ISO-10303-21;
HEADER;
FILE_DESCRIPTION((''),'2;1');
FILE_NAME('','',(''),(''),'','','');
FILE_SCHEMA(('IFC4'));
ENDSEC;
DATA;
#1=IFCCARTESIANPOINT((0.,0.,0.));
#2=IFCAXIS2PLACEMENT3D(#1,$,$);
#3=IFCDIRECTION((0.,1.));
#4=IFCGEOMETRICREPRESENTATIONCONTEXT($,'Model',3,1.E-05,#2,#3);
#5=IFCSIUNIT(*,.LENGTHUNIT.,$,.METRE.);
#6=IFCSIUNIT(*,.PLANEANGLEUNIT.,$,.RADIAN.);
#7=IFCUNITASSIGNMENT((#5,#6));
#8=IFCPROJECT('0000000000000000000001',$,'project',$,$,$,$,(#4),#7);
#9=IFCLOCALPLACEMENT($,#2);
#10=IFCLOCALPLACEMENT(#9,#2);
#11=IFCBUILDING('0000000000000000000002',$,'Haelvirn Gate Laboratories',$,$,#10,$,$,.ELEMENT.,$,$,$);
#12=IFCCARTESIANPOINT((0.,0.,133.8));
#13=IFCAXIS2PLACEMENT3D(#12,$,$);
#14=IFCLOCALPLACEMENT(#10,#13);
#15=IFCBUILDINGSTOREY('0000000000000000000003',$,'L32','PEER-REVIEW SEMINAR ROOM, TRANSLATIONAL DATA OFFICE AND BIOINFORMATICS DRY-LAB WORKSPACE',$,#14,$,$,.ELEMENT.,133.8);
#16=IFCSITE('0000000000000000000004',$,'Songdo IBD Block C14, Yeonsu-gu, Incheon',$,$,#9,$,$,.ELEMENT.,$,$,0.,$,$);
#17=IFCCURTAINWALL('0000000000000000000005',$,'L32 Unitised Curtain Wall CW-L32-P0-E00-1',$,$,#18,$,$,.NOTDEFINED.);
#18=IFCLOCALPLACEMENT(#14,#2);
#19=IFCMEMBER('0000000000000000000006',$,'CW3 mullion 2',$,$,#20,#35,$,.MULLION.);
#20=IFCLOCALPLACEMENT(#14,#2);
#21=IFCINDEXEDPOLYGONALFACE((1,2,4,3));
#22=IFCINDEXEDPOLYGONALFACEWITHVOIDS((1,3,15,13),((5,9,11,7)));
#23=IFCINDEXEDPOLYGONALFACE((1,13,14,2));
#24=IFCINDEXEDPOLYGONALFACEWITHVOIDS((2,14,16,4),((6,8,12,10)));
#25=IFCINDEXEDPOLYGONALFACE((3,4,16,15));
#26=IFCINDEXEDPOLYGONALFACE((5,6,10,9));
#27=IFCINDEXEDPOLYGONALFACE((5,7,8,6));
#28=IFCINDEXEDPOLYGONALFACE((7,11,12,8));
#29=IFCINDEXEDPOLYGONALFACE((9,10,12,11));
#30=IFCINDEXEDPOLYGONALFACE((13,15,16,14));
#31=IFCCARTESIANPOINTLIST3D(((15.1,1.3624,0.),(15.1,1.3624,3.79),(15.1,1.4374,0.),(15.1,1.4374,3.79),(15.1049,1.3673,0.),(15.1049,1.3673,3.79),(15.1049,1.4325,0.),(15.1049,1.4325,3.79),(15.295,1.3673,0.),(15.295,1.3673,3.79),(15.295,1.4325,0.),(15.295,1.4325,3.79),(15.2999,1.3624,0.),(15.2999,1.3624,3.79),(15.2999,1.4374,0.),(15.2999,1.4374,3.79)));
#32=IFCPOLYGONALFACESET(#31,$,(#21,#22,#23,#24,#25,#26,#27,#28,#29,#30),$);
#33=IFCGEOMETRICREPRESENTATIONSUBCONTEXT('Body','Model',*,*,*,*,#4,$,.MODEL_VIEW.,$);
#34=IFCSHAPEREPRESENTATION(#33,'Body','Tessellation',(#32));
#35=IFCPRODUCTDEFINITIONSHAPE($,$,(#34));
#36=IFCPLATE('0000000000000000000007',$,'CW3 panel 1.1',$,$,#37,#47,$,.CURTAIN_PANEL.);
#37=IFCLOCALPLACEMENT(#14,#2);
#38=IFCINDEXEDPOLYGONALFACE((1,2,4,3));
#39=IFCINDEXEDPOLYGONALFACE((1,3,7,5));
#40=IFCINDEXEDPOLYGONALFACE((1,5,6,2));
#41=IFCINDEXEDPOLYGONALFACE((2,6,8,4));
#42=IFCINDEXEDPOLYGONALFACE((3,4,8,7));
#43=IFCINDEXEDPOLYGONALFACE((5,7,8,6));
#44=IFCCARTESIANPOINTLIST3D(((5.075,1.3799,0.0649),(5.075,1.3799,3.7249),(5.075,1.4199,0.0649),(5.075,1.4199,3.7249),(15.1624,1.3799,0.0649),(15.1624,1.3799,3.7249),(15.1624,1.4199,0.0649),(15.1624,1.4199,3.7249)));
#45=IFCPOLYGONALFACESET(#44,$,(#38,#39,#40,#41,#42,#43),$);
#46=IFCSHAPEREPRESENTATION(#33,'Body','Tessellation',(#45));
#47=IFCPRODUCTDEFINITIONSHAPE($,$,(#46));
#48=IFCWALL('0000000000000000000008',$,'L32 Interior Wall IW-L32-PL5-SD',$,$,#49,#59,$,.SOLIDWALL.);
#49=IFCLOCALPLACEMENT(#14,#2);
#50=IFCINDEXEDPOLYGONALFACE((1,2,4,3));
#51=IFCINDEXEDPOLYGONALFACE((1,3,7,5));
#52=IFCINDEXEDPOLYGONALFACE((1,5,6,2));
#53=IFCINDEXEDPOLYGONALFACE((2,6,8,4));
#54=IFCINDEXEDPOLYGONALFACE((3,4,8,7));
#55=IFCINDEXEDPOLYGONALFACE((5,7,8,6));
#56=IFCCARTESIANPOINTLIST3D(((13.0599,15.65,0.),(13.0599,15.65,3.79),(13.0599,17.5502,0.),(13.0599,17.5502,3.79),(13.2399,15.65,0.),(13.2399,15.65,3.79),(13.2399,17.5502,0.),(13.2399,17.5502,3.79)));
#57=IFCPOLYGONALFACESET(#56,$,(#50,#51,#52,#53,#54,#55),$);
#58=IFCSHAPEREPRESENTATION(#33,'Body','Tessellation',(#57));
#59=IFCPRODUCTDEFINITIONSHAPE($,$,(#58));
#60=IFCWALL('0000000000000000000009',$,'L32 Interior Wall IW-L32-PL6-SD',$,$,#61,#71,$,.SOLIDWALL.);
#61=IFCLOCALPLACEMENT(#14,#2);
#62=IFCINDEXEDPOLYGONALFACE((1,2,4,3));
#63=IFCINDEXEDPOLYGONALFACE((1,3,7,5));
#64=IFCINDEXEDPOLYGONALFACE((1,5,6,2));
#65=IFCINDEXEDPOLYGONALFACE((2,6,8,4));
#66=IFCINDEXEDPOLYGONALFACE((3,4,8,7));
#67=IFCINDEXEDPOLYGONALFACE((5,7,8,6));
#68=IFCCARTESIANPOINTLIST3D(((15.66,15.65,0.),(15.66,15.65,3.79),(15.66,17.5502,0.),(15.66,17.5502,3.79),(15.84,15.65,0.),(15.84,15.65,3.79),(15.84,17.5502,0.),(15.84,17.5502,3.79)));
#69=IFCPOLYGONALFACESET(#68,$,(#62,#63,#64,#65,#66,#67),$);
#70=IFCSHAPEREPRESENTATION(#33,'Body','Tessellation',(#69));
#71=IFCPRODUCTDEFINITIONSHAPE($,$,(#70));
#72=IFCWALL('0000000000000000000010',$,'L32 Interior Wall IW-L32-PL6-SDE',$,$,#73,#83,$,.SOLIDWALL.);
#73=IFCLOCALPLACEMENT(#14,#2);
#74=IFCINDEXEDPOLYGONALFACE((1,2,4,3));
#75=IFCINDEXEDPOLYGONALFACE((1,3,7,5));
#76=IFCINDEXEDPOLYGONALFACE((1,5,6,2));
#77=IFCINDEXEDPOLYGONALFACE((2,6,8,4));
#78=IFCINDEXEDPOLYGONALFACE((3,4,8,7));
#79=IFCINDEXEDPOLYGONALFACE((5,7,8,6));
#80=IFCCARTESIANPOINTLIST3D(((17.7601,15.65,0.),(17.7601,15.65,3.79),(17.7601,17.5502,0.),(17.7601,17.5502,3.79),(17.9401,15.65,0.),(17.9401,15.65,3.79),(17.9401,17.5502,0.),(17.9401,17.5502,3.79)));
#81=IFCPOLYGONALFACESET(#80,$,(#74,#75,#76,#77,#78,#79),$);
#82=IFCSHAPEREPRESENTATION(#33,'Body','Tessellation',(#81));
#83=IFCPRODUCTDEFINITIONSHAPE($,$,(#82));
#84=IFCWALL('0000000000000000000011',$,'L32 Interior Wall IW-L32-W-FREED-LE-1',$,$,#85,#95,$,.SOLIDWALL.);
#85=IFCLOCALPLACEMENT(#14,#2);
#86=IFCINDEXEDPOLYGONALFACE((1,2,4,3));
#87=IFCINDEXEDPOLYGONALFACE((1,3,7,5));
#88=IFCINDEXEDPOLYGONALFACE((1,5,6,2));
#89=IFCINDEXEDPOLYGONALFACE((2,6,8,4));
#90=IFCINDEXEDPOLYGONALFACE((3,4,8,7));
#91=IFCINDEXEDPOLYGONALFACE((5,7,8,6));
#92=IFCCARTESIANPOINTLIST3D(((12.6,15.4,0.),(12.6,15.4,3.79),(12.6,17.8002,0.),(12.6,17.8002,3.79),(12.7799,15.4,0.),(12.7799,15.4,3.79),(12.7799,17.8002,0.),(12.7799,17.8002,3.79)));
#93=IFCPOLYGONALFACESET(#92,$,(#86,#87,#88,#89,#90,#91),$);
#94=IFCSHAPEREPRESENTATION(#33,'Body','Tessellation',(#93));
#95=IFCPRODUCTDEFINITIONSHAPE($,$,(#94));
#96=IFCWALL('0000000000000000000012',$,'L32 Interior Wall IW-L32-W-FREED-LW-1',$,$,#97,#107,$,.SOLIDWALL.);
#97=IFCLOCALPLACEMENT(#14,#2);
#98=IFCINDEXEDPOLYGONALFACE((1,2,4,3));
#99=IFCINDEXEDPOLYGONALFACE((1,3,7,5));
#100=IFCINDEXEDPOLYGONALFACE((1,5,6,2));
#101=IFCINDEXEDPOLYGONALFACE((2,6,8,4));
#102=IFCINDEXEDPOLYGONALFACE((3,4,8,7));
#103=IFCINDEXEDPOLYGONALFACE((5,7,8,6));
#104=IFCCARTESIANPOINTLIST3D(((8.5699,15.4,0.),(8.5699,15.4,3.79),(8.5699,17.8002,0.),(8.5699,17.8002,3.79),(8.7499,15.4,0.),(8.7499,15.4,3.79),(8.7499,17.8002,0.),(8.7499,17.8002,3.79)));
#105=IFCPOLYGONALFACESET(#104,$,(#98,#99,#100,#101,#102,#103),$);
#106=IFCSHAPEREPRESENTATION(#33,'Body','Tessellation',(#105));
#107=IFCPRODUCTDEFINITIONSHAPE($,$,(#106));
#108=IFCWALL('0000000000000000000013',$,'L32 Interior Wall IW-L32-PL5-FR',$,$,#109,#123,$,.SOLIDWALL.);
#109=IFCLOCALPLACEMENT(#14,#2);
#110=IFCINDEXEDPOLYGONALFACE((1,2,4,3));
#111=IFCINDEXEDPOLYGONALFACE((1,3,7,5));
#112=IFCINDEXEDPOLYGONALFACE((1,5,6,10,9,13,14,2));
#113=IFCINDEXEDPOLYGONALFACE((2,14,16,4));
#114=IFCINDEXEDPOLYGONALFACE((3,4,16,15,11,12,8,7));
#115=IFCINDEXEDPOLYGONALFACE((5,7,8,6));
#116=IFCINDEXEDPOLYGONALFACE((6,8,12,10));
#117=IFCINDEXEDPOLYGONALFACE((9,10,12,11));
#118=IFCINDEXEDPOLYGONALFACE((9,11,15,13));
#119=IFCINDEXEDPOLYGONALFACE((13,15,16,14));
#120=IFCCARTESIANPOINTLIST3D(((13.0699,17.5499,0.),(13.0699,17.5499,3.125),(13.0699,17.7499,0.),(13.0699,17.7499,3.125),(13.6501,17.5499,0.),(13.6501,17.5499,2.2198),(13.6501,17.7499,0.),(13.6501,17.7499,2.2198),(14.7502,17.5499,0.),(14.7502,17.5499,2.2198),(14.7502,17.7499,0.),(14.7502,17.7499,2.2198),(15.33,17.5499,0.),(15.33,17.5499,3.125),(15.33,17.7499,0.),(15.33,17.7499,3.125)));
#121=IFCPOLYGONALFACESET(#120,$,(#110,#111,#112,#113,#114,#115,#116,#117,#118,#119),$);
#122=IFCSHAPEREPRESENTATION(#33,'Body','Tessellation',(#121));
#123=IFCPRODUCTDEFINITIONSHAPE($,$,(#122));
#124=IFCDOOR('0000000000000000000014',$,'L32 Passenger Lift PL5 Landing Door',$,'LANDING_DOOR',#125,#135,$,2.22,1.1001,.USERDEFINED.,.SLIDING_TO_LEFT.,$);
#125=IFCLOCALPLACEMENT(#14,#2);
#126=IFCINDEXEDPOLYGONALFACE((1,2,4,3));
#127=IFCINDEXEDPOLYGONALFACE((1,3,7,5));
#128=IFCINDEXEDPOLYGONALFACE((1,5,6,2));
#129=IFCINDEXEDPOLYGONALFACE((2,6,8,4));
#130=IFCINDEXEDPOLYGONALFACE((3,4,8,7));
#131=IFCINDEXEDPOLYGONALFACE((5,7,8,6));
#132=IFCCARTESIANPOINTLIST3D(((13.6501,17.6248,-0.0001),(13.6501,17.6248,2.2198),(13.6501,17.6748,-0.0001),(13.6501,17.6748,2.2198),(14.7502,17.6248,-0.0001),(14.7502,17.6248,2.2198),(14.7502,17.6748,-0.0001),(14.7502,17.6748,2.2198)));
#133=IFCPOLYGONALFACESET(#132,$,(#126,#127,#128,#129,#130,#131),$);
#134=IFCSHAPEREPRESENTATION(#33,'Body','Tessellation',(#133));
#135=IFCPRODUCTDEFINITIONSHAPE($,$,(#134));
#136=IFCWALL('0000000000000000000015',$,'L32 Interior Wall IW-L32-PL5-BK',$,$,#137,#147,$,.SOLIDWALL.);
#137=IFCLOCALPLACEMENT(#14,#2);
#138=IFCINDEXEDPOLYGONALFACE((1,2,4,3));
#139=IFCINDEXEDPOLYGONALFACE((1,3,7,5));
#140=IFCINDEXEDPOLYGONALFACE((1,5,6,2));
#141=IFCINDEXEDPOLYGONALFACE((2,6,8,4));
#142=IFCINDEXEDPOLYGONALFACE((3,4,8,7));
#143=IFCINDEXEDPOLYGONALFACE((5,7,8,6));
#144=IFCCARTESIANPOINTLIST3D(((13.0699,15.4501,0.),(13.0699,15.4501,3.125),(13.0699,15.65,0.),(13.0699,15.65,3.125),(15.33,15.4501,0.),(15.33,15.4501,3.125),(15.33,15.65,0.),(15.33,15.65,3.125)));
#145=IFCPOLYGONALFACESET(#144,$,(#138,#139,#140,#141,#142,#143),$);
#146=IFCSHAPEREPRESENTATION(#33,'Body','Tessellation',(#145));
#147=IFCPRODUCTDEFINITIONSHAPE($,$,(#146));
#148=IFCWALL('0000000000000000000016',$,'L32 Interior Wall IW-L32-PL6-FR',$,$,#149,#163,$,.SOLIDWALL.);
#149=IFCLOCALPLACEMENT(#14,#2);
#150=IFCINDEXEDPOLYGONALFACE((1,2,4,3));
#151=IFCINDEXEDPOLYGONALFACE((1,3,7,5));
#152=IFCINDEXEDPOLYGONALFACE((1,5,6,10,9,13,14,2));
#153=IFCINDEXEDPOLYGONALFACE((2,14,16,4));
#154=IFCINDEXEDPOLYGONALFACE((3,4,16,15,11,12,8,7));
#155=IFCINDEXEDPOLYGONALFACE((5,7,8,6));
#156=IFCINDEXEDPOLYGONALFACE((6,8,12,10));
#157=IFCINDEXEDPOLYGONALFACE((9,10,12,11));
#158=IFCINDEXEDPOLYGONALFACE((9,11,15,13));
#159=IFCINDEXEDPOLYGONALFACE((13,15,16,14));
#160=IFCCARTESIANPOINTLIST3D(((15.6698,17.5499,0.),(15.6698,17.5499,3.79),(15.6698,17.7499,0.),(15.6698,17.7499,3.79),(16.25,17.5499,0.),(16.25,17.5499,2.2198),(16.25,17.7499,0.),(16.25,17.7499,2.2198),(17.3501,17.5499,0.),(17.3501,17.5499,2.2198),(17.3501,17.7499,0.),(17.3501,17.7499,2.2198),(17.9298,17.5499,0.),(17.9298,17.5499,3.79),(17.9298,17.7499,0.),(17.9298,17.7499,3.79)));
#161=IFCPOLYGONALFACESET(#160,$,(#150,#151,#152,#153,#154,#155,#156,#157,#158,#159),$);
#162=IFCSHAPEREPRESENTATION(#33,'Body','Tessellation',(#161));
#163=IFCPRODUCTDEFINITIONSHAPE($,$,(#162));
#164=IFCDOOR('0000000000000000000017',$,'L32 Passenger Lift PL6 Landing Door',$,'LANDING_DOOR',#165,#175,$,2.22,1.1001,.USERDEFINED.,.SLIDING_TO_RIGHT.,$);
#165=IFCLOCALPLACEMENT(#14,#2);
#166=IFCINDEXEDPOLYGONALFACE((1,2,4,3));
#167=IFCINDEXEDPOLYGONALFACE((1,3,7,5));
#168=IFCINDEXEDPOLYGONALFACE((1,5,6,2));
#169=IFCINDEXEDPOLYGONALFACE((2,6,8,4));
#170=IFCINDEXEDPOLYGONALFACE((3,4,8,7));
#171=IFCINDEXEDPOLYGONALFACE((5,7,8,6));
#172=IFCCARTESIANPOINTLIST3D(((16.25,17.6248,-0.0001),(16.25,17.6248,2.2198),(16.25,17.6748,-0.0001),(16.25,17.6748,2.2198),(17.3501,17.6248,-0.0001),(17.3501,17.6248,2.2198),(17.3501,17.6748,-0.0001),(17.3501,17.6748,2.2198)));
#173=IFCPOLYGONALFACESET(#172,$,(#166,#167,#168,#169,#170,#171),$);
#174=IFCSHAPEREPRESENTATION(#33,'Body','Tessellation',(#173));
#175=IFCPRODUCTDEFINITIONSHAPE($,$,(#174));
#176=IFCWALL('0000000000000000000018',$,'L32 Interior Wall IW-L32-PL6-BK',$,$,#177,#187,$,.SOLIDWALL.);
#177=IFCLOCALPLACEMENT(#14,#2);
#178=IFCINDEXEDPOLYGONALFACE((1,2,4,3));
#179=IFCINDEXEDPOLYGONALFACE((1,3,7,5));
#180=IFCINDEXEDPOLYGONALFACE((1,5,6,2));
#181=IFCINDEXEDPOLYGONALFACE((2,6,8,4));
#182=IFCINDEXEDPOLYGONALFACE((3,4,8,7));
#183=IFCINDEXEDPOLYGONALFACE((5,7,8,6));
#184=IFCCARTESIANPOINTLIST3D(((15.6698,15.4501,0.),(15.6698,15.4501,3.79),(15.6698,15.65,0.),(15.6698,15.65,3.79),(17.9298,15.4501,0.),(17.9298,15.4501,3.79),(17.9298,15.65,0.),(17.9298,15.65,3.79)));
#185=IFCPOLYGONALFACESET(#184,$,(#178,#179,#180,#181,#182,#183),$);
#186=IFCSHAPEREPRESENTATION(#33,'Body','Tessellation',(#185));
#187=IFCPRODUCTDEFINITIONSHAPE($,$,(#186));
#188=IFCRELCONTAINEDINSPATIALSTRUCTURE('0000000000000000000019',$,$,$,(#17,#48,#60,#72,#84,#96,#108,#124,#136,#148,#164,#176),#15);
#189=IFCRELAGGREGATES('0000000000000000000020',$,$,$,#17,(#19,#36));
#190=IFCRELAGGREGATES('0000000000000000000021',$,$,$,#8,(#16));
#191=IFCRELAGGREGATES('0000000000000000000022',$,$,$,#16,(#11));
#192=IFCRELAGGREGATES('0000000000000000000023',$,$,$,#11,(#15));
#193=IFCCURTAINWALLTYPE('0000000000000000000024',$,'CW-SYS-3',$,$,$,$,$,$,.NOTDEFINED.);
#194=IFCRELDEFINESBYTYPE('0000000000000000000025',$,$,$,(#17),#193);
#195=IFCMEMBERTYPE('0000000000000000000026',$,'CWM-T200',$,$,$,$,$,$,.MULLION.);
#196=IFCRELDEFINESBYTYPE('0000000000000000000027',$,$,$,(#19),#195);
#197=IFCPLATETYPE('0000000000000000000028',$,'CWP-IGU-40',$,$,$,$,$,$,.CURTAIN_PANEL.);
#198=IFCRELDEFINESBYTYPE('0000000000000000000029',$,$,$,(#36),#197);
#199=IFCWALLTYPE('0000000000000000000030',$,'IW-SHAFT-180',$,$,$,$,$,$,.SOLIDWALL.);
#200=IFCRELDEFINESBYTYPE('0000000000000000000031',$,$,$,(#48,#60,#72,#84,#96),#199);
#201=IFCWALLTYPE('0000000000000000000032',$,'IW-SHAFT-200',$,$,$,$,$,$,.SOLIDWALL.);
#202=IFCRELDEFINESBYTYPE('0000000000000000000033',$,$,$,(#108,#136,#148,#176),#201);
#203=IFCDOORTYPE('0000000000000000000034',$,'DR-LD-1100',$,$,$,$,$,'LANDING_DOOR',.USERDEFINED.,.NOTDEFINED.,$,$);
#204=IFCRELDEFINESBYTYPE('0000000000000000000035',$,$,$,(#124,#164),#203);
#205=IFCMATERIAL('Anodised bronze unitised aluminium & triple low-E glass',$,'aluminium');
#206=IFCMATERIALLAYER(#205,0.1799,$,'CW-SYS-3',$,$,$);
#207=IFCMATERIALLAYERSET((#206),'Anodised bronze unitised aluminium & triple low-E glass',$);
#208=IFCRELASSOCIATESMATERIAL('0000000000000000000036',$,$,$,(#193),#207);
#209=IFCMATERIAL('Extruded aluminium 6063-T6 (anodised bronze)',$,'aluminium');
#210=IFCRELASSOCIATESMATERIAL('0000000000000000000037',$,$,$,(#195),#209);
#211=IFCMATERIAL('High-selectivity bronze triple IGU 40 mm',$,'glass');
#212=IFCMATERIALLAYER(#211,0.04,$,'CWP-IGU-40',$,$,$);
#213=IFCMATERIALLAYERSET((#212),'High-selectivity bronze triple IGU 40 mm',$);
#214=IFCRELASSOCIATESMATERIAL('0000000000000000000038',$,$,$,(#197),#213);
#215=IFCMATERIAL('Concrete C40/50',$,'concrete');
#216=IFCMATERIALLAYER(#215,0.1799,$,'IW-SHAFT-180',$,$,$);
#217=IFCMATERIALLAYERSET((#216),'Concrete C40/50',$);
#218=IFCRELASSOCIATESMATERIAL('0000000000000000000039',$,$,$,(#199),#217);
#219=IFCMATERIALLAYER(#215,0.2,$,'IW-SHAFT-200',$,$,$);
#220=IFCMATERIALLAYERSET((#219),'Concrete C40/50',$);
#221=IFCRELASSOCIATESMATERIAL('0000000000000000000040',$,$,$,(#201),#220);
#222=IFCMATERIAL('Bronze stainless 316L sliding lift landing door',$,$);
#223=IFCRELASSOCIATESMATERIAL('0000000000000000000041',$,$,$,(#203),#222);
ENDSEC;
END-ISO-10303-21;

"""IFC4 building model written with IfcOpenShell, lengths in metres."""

from ifc_helpers import new_model, si_unit, direction, frame, frame_2d, origin, origin_2d, place, context, subcontext, project, spatial, rectangle, hollow_rectangle, extrude, source, transform, mapped, material, layer, layer_set, material_profile, profile_set, type_object, type_shapes, element, fill, aggregate, save


model = new_model("IFC4")

# Units and contexts
model_context = context("Model", 3, precision=1e-05, world=origin(), true_north=direction((0.0, 1.0)))
body_context = subcontext(model_context, "Body", "Model", "MODEL_VIEW")
ifc_project = project(units=[si_unit("LENGTHUNIT", "METRE"), si_unit("PLANEANGLEUNIT", "RADIAN")], contexts=[model_context])

# Site, building, storey
site_placement = place(None, origin())
site = spatial("IfcSite", under=ifc_project, at=site_placement, Name="Songdo IBD Block C14, Yeonsu-gu, Incheon", CompositionType="ELEMENT", RefElevation=0.0)
building_placement = place(site_placement, origin())
building = spatial("IfcBuilding", under=site, at=building_placement, Name="Haelvirn Gate Laboratories", CompositionType="ELEMENT")
storey_placement = place(building_placement, frame((0.0, 0.0, 133.8)))
storey = spatial("IfcBuildingStorey", under=building, at=storey_placement, Name="L32", Description="PEER-REVIEW SEMINAR ROOM, TRANSLATIONAL DATA OFFICE AND BIOINFORMATICS DRY-LAB WORKSPACE", CompositionType="ELEMENT", Elevation=133.8)

# Curtain wall, member, plate
ifc_material_1 = material(Name="Anodised bronze unitised aluminium & triple low-E glass", Category="aluminium")
ifc_layer_1 = layer(ifc_material_1, 0.1799, Name="CW-SYS-3")
ifc_layer_set_1 = layer_set([ifc_layer_1], Name="Anodised bronze unitised aluminium & triple low-E glass")
curtain_wall_type = type_object("IfcCurtainWallType", Name="CW-SYS-3", PredefinedType="NOTDEFINED", material=ifc_layer_set_1)
curtain_wall_placement = place(storey_placement, origin())
curtain_wall = element("IfcCurtainWall", 1, at=curtain_wall_placement, inside=storey, type_object=curtain_wall_type, Name="L32 Unitised Curtain Wall CW-L32-P0-E00-1", PredefinedType="NOTDEFINED")
ifc_material_2 = material(Name="Extruded aluminium 6063-T6 (anodised bronze)", Category="aluminium")
ifc_material_profile_1 = material_profile(ifc_material_2, hollow_rectangle(XDim=0.075, YDim=0.2, WallThickness=0.0049, at=origin_2d()), Name="CWM-200x75x5")
ifc_profile_set_1 = profile_set([ifc_material_profile_1], Name="Extruded aluminium 6063-T6 (anodised bronze)")
member_type_1 = type_object("IfcMemberType", Name="CWM-T200", PredefinedType="MULLION", material=ifc_profile_set_1)
shared_shape_1 = source(origin(), body_context, "Body", "SweptSolid", [
    extrude(hollow_rectangle(XDim=0.075, YDim=0.2, WallThickness=0.0049, at=origin_2d()), origin(), (0.0, 0.0, 1.0), 3.79),
])
type_shapes(member_type_1, [shared_shape_1])
member_1_placement = place(storey_placement, frame((15.2, 1.3999, 0.0), z_axis=(0.0, 0.0, 1.0), x_axis=(0.0, 1.0, 0.0)))
member_1 = element("IfcMember", 2, at=member_1_placement, type_object=member_type_1, Name="CW3 mullion 2", PredefinedType="MULLION", context=body_context, shape_type="MappedRepresentation", body=[
    mapped(shared_shape_1, transform((0.0, 0.0, 0.0), scale=1.0)),
])
ifc_material_3 = material(Name="High-selectivity bronze triple IGU 40 mm", Category="glass")
ifc_layer_2 = layer(ifc_material_3, 0.04, Name="CWP-IGU-40")
ifc_layer_set_2 = layer_set([ifc_layer_2], Name="High-selectivity bronze triple IGU 40 mm")
plate_type = type_object("IfcPlateType", Name="CWP-IGU-40", PredefinedType="CURTAIN_PANEL", material=ifc_layer_set_2)
shared_shape_2 = source(origin(), body_context, "Body", "SweptSolid", [
    extrude(rectangle(XDim=10.0874, YDim=0.04, at=origin_2d()), origin(), (0.0, 0.0, 1.0), 3.6599),
])
type_shapes(plate_type, [shared_shape_2])
plate_placement = place(storey_placement, frame((10.1187, 1.3999, 0.0649), z_axis=(0.0, 0.0, 1.0), x_axis=(1.0, 0.0, 0.0)))
plate = element("IfcPlate", 3, at=plate_placement, type_object=plate_type, Name="CW3 panel 1.1", PredefinedType="CURTAIN_PANEL", context=body_context, shape_type="MappedRepresentation", body=[
    mapped(shared_shape_2, transform((0.0, 0.0, 0.0), scale=1.0)),
])
aggregate(curtain_wall, [member_1, plate])

# Walls
ifc_material_4 = material(Name="Concrete C40/50", Category="concrete")
ifc_layer_3 = layer(ifc_material_4, 0.1799, Name="IW-SHAFT-180")
ifc_layer_set_3 = layer_set([ifc_layer_3], Name="Concrete C40/50")
wall_type_1 = type_object("IfcWallType", Name="IW-SHAFT-180", PredefinedType="SOLIDWALL", material=ifc_layer_set_3)
for number, where, z_axis, x_axis, name in (
    (4, (13.1499, 15.6499, 0.0), (0.0, 0.0, 1.0), (0.0, 1.0, 0.0), "L32 Interior Wall IW-L32-PL5-SD"),
    (5, (15.75, 15.6499, 0.0), (0.0, 0.0, 1.0), (0.0, 1.0, 0.0), "L32 Interior Wall IW-L32-PL6-SD"),
    (6, (17.8501, 15.6499, 0.0), (0.0, 0.0, 1.0), (0.0, 1.0, 0.0), "L32 Interior Wall IW-L32-PL6-SDE"),
):
    element("IfcWall", number, at=place(storey_placement, frame(where, z_axis=z_axis, x_axis=x_axis)), inside=storey, type_object=wall_type_1, Name=name, PredefinedType="SOLIDWALL", context=body_context, shape_type="SweptSolid", body=[
        extrude(rectangle(XDim=1.9001, YDim=0.1799, at=frame_2d((0.9502, 0.0))), origin(), (0.0, 0.0, 1.0), 3.79),
    ])

# Walls
for number, where, z_axis, x_axis, name in (
    (7, (12.6899, 15.3999, 0.0), (0.0, 0.0, 1.0), (0.0, 1.0, 0.0), "L32 Interior Wall IW-L32-W-FREED-LE-1"),
    (8, (8.6599, 15.3999, 0.0), (0.0, 0.0, 1.0), (0.0, 1.0, 0.0), "L32 Interior Wall IW-L32-W-FREED-LW-1"),
):
    element("IfcWall", number, at=place(storey_placement, frame(where, z_axis=z_axis, x_axis=x_axis)), inside=storey, type_object=wall_type_1, Name=name, PredefinedType="SOLIDWALL", context=body_context, shape_type="SweptSolid", body=[
        extrude(rectangle(XDim=2.4001, YDim=0.1799, at=frame_2d((1.2002, 0.0))), origin(), (0.0, 0.0, 1.0), 3.79),
    ])

# Wall, opening, door
ifc_layer_4 = layer(ifc_material_4, 0.2, Name="IW-SHAFT-200")
ifc_layer_set_4 = layer_set([ifc_layer_4], Name="Concrete C40/50")
wall_type_2 = type_object("IfcWallType", Name="IW-SHAFT-200", PredefinedType="SOLIDWALL", material=ifc_layer_set_4)
wall_1_placement = place(storey_placement, frame((13.0701, 17.6499, 0.0), z_axis=(0.0, 0.0, 1.0), x_axis=(1.0, 0.0, 0.0)))
wall_1 = element("IfcWall", 9, at=wall_1_placement, inside=storey, type_object=wall_type_2, Name="L32 Interior Wall IW-L32-PL5-FR", PredefinedType="SOLIDWALL", context=body_context, shape_type="SweptSolid", body=[
    extrude(rectangle(XDim=2.26, YDim=0.2, at=frame_2d((1.1299, 0.0))), origin(), (0.0, 0.0, 1.0), 3.125),
])
opening_1_placement = place(wall_1_placement, frame((0.5801, 0.0, 0.0)))
opening_1 = element("IfcOpeningElement", 10, at=opening_1_placement, cuts=wall_1, PredefinedType="OPENING", context=body_context, shape_type="SweptSolid", body=[
    extrude(rectangle(XDim=1.1001, YDim=2.22, at=frame_2d((0.55, 1.1099))), frame((0.0, 0.1099, 0.0), z_axis=(0.0, -1.0, 0.0), x_axis=(1.0, 0.0, 0.0)), (0.0, 0.0, 1.0), 0.22),
])
ifc_material_5 = material(Name="Bronze stainless 316L sliding lift landing door")
door_type_1 = type_object("IfcDoorType", Name="DR-LD-1100", ElementType="LANDING_DOOR", OperationType="NOTDEFINED", PredefinedType="USERDEFINED", material=ifc_material_5)
shared_shape_3 = source(origin(), body_context, "Body", "SweptSolid", [
    extrude(rectangle(XDim=1.1001, YDim=2.22, at=frame_2d((0.55, 1.1099))), frame((0.0, 0.0249, 0.0), z_axis=(0.0, -1.0, 0.0), x_axis=(1.0, 0.0, 0.0)), (0.0, 0.0, 1.0), 0.05),
])
type_shapes(door_type_1, [shared_shape_3])
door_1_placement = place(opening_1_placement, origin())
door_1 = element("IfcDoor", 11, at=door_1_placement, inside=storey, type_object=door_type_1, Name="L32 Passenger Lift PL5 Landing Door", ObjectType="LANDING_DOOR", OperationType="SLIDING_TO_LEFT", OverallHeight=2.22, OverallWidth=1.1001, PredefinedType="USERDEFINED", context=body_context, shape_type="MappedRepresentation", body=[
    mapped(shared_shape_3, transform((0.0, 0.0, 0.0), scale=1.0)),
])
fill(opening_1, door_1)

# Wall
wall_2_placement = place(storey_placement, frame((13.0701, 15.55, 0.0), z_axis=(0.0, 0.0, 1.0), x_axis=(1.0, 0.0, 0.0)))
element("IfcWall", 12, at=wall_2_placement, inside=storey, type_object=wall_type_2, Name="L32 Interior Wall IW-L32-PL5-BK", PredefinedType="SOLIDWALL", context=body_context, shape_type="SweptSolid", body=[
    extrude(rectangle(XDim=2.26, YDim=0.2, at=frame_2d((1.1299, 0.0))), origin(), (0.0, 0.0, 1.0), 3.125),
])

# Wall, opening, door
wall_3_placement = place(storey_placement, frame((15.6699, 17.6499, 0.0), z_axis=(0.0, 0.0, 1.0), x_axis=(1.0, 0.0, 0.0)))
wall_3 = element("IfcWall", 13, at=wall_3_placement, inside=storey, type_object=wall_type_2, Name="L32 Interior Wall IW-L32-PL6-FR", PredefinedType="SOLIDWALL", context=body_context, shape_type="SweptSolid", body=[
    extrude(rectangle(XDim=2.26, YDim=0.2, at=frame_2d((1.1299, 0.0))), origin(), (0.0, 0.0, 1.0), 3.79),
])
opening_2_placement = place(wall_3_placement, frame((0.5801, 0.0, 0.0)))
opening_2 = element("IfcOpeningElement", 14, at=opening_2_placement, cuts=wall_3, PredefinedType="OPENING", context=body_context, shape_type="SweptSolid", body=[
    extrude(rectangle(XDim=1.1001, YDim=2.22, at=frame_2d((0.55, 1.1099))), frame((0.0, 0.1099, 0.0), z_axis=(0.0, -1.0, 0.0), x_axis=(1.0, 0.0, 0.0)), (0.0, 0.0, 1.0), 0.22),
])
door_2_placement = place(opening_2_placement, origin())
door_2 = element("IfcDoor", 15, at=door_2_placement, inside=storey, type_object=door_type_1, Name="L32 Passenger Lift PL6 Landing Door", ObjectType="LANDING_DOOR", OperationType="SLIDING_TO_RIGHT", OverallHeight=2.22, OverallWidth=1.1001, PredefinedType="USERDEFINED", context=body_context, shape_type="MappedRepresentation", body=[
    mapped(shared_shape_3, transform((0.0, 0.0, 0.0), scale=1.0)),
])
fill(opening_2, door_2)

# Wall
for number, where, z_axis, x_axis, name in (
    (16, (15.6699, 15.55, 0.0), (0.0, 0.0, 1.0), (1.0, 0.0, 0.0), "L32 Interior Wall IW-L32-PL6-BK"),
):
    element("IfcWall", number, at=place(storey_placement, frame(where, z_axis=z_axis, x_axis=x_axis)), inside=storey, type_object=wall_type_2, Name=name, PredefinedType="SOLIDWALL", context=body_context, shape_type="SweptSolid", body=[
        extrude(rectangle(XDim=2.26, YDim=0.2, at=frame_2d((1.1299, 0.0))), origin(), (0.0, 0.0, 1.0), 3.79),
    ])

save(model, "model.ifc")
